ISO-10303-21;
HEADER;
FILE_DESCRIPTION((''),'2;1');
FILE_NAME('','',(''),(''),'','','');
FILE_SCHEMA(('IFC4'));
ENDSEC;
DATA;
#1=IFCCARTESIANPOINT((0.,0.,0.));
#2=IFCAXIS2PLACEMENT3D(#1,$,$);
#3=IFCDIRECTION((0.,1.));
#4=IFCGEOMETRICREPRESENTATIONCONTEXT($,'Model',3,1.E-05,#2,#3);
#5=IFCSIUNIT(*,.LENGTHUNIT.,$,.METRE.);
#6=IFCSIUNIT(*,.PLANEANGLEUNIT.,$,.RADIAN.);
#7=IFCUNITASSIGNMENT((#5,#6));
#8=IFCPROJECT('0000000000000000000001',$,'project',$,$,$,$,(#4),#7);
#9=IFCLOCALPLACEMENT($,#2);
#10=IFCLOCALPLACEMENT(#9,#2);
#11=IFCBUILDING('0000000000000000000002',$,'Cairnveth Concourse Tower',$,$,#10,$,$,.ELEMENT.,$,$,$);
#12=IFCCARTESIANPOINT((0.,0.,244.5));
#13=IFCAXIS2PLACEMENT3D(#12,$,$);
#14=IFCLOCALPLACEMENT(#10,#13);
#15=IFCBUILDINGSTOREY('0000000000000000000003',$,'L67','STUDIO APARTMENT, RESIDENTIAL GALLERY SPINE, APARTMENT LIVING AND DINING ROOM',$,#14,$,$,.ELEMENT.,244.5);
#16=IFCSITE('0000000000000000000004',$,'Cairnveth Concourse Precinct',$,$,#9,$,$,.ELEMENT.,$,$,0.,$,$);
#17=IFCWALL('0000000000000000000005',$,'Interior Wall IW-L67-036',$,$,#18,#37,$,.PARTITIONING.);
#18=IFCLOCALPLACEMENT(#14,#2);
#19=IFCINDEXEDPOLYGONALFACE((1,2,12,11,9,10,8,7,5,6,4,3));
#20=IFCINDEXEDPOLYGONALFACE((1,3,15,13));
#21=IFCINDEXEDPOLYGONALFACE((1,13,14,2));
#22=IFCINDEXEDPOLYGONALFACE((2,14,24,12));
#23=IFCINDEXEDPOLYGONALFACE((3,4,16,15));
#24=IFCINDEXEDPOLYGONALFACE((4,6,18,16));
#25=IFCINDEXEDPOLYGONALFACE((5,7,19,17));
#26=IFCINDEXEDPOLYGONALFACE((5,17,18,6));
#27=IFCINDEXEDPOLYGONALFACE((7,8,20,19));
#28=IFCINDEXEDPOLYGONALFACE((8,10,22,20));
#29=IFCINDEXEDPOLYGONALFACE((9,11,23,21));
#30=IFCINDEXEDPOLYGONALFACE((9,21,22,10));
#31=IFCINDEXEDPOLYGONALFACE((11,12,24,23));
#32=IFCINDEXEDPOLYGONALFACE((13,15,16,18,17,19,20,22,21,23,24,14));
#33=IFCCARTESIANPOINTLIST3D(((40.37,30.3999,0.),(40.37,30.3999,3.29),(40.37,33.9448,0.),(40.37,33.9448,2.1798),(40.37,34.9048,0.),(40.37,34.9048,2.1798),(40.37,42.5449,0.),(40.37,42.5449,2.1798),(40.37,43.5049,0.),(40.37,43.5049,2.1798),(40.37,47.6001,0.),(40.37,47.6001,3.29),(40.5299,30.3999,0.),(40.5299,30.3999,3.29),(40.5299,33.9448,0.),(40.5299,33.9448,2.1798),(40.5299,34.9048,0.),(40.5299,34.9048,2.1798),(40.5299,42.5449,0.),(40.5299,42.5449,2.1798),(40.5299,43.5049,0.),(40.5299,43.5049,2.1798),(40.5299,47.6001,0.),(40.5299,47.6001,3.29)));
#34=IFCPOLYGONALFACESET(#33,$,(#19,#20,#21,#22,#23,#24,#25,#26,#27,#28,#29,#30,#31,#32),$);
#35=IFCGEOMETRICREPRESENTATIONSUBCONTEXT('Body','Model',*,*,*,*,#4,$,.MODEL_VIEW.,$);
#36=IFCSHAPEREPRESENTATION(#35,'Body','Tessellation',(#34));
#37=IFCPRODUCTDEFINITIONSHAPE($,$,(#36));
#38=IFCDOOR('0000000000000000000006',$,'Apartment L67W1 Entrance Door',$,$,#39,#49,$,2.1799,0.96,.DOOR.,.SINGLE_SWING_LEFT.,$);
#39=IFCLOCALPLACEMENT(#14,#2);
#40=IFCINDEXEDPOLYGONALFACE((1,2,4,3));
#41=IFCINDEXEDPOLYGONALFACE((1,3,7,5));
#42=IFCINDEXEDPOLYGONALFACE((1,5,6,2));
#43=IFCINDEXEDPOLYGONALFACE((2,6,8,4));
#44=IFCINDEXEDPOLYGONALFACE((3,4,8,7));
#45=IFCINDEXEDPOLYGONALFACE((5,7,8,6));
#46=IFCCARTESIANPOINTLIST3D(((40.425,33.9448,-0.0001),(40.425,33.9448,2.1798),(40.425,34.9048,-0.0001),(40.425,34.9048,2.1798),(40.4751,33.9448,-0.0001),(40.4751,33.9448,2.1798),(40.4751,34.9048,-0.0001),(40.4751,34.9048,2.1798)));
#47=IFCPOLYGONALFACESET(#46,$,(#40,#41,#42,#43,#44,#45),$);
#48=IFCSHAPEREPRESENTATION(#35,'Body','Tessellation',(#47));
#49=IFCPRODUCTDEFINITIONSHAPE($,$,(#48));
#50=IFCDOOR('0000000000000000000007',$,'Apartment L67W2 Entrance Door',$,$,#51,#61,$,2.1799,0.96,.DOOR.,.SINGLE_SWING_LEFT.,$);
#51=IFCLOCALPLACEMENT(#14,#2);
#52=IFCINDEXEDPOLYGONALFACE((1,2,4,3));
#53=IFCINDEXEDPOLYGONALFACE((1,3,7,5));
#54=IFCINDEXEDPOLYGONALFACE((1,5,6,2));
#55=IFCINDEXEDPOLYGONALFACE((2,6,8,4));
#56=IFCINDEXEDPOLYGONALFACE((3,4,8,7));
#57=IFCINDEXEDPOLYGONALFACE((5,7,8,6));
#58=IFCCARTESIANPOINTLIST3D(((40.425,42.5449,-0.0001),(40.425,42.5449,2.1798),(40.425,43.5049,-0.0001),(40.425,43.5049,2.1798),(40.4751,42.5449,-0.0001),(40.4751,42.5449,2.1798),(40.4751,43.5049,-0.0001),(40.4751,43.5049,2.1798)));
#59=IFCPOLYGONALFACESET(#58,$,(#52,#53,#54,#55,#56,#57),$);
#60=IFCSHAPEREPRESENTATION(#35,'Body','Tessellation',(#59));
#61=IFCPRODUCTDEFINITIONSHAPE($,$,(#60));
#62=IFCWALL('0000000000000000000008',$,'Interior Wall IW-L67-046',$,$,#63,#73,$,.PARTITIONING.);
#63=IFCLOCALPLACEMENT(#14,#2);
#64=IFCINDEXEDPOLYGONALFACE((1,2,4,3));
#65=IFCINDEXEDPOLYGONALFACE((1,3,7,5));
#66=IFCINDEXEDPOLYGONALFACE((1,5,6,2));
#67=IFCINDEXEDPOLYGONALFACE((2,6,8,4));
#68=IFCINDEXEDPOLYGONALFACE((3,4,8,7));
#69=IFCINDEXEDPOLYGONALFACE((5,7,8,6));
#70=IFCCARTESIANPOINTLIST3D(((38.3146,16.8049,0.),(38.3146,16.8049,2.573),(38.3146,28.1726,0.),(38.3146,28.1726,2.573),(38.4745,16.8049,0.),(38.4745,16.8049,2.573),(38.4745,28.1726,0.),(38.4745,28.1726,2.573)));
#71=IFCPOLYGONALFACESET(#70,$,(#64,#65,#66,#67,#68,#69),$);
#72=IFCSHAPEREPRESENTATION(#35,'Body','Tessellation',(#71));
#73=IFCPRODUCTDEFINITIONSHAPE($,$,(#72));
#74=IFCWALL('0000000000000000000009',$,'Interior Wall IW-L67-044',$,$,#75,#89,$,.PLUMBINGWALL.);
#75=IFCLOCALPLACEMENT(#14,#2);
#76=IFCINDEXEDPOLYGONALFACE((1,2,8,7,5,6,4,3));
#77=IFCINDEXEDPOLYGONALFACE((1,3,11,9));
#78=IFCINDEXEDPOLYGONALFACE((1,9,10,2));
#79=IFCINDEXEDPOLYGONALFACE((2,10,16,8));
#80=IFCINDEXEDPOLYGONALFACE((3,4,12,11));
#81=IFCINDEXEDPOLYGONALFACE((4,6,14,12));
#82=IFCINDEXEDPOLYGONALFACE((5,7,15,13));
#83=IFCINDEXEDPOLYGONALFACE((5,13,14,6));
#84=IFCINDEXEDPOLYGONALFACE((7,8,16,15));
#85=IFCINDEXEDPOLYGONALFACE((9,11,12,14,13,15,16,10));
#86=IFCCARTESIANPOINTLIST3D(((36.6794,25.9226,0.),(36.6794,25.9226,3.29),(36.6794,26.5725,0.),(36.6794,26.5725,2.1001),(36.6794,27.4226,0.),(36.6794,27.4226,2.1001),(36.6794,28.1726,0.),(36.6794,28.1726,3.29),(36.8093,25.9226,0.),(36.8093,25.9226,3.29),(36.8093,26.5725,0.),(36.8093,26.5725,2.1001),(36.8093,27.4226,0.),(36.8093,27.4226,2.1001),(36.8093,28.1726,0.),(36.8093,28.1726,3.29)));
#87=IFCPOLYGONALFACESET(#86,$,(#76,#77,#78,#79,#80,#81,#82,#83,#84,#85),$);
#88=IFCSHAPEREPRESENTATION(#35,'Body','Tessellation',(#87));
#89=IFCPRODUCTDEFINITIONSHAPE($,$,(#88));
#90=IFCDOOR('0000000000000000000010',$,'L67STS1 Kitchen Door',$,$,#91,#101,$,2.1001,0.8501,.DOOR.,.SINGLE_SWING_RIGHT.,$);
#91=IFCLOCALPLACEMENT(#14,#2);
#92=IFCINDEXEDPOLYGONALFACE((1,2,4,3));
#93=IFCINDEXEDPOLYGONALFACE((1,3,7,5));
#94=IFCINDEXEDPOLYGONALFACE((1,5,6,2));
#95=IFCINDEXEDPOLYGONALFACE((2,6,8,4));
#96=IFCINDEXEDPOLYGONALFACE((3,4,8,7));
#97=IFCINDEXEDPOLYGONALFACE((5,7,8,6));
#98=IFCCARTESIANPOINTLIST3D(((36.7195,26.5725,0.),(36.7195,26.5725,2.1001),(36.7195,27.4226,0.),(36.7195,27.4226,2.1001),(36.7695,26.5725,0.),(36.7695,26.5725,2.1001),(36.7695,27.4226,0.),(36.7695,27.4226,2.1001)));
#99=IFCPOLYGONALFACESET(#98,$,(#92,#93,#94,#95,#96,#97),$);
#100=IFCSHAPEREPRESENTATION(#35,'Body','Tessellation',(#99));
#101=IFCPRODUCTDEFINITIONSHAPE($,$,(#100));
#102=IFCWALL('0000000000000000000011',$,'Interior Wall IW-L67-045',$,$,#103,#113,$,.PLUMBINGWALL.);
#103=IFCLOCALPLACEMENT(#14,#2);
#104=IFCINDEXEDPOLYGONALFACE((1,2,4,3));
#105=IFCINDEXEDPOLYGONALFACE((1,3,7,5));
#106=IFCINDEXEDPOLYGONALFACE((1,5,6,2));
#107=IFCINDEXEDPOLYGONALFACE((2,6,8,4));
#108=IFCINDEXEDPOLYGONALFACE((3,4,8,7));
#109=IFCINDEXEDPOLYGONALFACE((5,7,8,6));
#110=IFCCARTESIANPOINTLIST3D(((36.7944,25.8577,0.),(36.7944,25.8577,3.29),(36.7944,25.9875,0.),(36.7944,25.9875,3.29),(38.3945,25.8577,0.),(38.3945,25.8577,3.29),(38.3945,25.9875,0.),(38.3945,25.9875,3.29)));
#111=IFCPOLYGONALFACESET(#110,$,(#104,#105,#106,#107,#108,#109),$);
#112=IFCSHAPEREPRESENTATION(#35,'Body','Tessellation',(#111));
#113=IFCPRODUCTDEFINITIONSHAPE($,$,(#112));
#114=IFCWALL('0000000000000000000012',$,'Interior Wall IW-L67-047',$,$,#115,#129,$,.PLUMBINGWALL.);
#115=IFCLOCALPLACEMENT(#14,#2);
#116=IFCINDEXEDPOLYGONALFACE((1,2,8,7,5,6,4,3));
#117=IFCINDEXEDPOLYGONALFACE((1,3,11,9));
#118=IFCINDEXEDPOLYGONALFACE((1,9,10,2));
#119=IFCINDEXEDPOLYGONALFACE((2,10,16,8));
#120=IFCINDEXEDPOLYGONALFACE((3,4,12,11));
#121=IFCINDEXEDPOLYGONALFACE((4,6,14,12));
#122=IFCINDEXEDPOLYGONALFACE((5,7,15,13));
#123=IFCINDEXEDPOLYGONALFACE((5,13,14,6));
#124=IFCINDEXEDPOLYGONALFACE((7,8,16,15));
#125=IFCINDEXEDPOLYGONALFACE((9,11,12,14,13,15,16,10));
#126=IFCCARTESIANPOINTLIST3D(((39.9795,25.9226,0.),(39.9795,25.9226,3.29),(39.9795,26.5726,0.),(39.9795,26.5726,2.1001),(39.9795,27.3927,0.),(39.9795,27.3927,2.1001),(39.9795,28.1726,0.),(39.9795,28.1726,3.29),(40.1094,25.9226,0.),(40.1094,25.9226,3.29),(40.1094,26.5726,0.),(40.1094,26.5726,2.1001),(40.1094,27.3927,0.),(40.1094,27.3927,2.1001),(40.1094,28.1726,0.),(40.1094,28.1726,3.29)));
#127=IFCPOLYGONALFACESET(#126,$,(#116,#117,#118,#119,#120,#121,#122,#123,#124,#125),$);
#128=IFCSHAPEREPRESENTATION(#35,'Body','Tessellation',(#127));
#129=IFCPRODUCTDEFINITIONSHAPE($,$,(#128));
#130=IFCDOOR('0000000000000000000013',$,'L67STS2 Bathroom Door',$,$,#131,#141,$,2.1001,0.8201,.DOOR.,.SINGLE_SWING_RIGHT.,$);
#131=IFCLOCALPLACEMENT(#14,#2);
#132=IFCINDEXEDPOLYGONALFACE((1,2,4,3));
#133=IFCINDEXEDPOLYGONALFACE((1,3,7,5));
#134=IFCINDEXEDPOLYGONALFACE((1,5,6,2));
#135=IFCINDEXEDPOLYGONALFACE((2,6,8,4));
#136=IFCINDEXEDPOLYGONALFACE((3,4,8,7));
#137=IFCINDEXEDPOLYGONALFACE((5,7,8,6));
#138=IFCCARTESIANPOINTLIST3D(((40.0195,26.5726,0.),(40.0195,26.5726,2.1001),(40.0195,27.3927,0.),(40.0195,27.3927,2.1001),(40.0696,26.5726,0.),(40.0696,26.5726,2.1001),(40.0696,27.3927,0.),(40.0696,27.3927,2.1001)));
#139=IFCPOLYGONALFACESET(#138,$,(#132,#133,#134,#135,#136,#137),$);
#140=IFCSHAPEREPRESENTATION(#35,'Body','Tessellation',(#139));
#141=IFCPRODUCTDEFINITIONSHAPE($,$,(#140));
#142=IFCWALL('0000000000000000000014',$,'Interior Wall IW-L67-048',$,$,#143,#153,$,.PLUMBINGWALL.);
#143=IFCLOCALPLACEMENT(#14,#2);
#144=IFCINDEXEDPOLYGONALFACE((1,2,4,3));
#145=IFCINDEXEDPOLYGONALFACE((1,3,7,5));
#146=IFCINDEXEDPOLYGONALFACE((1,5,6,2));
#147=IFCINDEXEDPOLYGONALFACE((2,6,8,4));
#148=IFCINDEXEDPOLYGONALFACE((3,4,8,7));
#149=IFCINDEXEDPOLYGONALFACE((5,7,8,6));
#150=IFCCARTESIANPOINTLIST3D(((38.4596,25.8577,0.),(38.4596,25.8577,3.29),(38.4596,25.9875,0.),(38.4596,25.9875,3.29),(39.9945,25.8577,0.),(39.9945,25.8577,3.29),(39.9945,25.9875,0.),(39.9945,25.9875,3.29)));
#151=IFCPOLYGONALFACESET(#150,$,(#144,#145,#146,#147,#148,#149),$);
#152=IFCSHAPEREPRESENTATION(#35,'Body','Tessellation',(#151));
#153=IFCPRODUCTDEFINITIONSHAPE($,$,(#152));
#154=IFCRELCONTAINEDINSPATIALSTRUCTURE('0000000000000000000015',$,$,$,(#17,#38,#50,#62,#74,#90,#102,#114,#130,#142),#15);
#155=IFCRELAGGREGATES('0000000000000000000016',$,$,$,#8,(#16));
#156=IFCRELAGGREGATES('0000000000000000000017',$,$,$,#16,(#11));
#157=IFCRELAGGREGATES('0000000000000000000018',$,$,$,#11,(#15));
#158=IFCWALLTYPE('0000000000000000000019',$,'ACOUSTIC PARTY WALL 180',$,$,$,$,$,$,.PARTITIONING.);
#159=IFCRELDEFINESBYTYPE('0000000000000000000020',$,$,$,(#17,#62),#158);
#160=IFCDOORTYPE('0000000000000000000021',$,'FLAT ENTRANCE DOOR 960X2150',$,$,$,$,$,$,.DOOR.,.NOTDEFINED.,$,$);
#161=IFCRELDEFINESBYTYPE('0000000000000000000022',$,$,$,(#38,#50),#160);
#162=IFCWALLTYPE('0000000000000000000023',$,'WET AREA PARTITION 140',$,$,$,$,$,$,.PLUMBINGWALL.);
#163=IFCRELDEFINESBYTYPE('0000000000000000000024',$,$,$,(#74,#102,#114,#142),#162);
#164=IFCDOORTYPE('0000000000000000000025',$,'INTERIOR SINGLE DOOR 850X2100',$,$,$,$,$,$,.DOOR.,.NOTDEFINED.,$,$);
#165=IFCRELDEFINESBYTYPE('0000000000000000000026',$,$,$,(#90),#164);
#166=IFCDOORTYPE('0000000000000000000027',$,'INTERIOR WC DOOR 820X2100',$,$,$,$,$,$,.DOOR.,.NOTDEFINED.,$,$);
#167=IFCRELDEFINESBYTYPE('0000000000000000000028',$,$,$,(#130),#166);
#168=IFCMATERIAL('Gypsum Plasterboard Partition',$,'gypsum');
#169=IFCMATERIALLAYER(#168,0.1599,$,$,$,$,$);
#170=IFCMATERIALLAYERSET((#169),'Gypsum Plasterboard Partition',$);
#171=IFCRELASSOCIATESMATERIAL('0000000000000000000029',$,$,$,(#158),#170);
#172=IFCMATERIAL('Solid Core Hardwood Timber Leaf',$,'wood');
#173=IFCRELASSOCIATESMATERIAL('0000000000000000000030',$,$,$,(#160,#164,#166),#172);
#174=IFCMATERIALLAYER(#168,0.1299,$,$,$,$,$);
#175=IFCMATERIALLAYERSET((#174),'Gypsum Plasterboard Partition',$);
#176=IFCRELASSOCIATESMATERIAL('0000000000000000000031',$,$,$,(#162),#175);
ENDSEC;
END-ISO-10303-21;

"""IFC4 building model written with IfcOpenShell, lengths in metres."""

from ifc_helpers import new_model, si_unit, direction, frame, frame_2d, origin, place, context, subcontext, project, spatial, rectangle, extrude, material, layer, layer_set, type_object, element, fill, save


model = new_model("IFC4")

# Units and contexts
model_context = context("Model", 3, precision=1e-05, world=origin(), true_north=direction((0.0, 1.0)))
body_context = subcontext(model_context, "Body", "Model", "MODEL_VIEW")
ifc_project = project(units=[si_unit("LENGTHUNIT", "METRE"), si_unit("PLANEANGLEUNIT", "RADIAN")], contexts=[model_context])

# Site, building, storey
site_placement = place(None, origin())
site = spatial("IfcSite", under=ifc_project, at=site_placement, Name="Cairnveth Concourse Precinct", CompositionType="ELEMENT", RefElevation=0.0)
building_placement = place(site_placement, origin())
building = spatial("IfcBuilding", under=site, at=building_placement, Name="Cairnveth Concourse Tower", CompositionType="ELEMENT")
storey_placement = place(building_placement, frame((0.0, 0.0, 244.5)))
storey = spatial("IfcBuildingStorey", under=building, at=storey_placement, Name="L67", Description="STUDIO APARTMENT, RESIDENTIAL GALLERY SPINE, APARTMENT LIVING AND DINING ROOM", CompositionType="ELEMENT", Elevation=244.5)

# Wall, openings, doors
ifc_material_1 = material(Name="Gypsum Plasterboard Partition", Category="gypsum")
ifc_layer_1 = layer(ifc_material_1, 0.1599)
ifc_layer_set_1 = layer_set([ifc_layer_1], Name="Gypsum Plasterboard Partition")
wall_type_1 = type_object("IfcWallType", Name="ACOUSTIC PARTY WALL 180", PredefinedType="PARTITIONING", material=ifc_layer_set_1)
wall_1_placement = place(storey_placement, frame((40.45, 30.3999, 0.0), z_axis=(0.0, 0.0, 1.0), x_axis=(0.0, 1.0, 0.0)))
wall_1 = element("IfcWall", 1, at=wall_1_placement, inside=storey, type_object=wall_type_1, Name="Interior Wall IW-L67-036", PredefinedType="PARTITIONING", context=body_context, shape_type="SweptSolid", body=[
    extrude(rectangle(XDim=17.2002, YDim=0.1599, at=frame_2d((8.6001, 0.0))), origin(), (0.0, 0.0, 1.0), 3.29),
])
opening_1_placement = place(wall_1_placement, frame((3.5449, 0.0, 0.0)))
opening_1 = element("IfcOpeningElement", 2, at=opening_1_placement, cuts=wall_1, PredefinedType="OPENING", context=body_context, shape_type="SweptSolid", body=[
    extrude(rectangle(XDim=0.96, YDim=2.1799, at=frame_2d((0.48, 1.0898))), frame((0.0, 0.0898, 0.0), z_axis=(0.0, -1.0, 0.0), x_axis=(1.0, 0.0, 0.0)), (0.0, 0.0, 1.0), 0.1799),
])
opening_2_placement = place(wall_1_placement, frame((12.145, 0.0, 0.0)))
opening_2 = element("IfcOpeningElement", 3, at=opening_2_placement, cuts=wall_1, PredefinedType="OPENING", context=body_context, shape_type="SweptSolid", body=[
    extrude(rectangle(XDim=0.96, YDim=2.1799, at=frame_2d((0.48, 1.0898))), frame((0.0, 0.0898, 0.0), z_axis=(0.0, -1.0, 0.0), x_axis=(1.0, 0.0, 0.0)), (0.0, 0.0, 1.0), 0.1799),
])
ifc_material_2 = material(Name="Solid Core Hardwood Timber Leaf", Category="wood")
door_type_1 = type_object("IfcDoorType", Name="FLAT ENTRANCE DOOR 960X2150", OperationType="NOTDEFINED", PredefinedType="DOOR", material=ifc_material_2)
door_1_placement = place(opening_1_placement, origin())
door_1 = element("IfcDoor", 4, at=door_1_placement, inside=storey, type_object=door_type_1, Name="Apartment L67W1 Entrance Door", OperationType="SINGLE_SWING_LEFT", OverallHeight=2.1799, OverallWidth=0.96, PredefinedType="DOOR", context=body_context, shape_type="SweptSolid", body=[
    extrude(rectangle(XDim=0.96, YDim=2.1799, at=frame_2d((0.48, 1.0898))), frame((0.0, 0.0249, 0.0), z_axis=(0.0, -1.0, 0.0), x_axis=(1.0, 0.0, 0.0)), (0.0, 0.0, 1.0), 0.05),
])
fill(opening_1, door_1)
door_2_placement = place(opening_2_placement, origin())
door_2 = element("IfcDoor", 5, at=door_2_placement, inside=storey, type_object=door_type_1, Name="Apartment L67W2 Entrance Door", OperationType="SINGLE_SWING_LEFT", OverallHeight=2.1799, OverallWidth=0.96, PredefinedType="DOOR", context=body_context, shape_type="SweptSolid", body=[
    extrude(rectangle(XDim=0.96, YDim=2.1799, at=frame_2d((0.48, 1.0898))), frame((0.0, 0.0249, 0.0), z_axis=(0.0, -1.0, 0.0), x_axis=(1.0, 0.0, 0.0)), (0.0, 0.0, 1.0), 0.05),
])
fill(opening_2, door_2)

# Wall
wall_2_placement = place(storey_placement, frame((38.3945, 16.8049, 0.0), z_axis=(0.0, 0.0, 1.0), x_axis=(0.0, 1.0, 0.0)))
element("IfcWall", 6, at=wall_2_placement, inside=storey, type_object=wall_type_1, Name="Interior Wall IW-L67-046", PredefinedType="PARTITIONING", context=body_context, shape_type="SweptSolid", body=[
    extrude(rectangle(XDim=11.3677, YDim=0.1599, at=frame_2d((5.6838, 0.0))), origin(), (0.0, 0.0, 1.0), 2.573),
])

# Wall, opening, door
ifc_layer_2 = layer(ifc_material_1, 0.1299)
ifc_layer_set_2 = layer_set([ifc_layer_2], Name="Gypsum Plasterboard Partition")
wall_type_2 = type_object("IfcWallType", Name="WET AREA PARTITION 140", PredefinedType="PLUMBINGWALL", material=ifc_layer_set_2)
wall_3_placement = place(storey_placement, frame((36.7444, 25.9226, 0.0), z_axis=(0.0, 0.0, 1.0), x_axis=(0.0, 1.0, 0.0)))
wall_3 = element("IfcWall", 7, at=wall_3_placement, inside=storey, type_object=wall_type_2, Name="Interior Wall IW-L67-044", PredefinedType="PLUMBINGWALL", context=body_context, shape_type="SweptSolid", body=[
    extrude(rectangle(XDim=2.25, YDim=0.1299, at=frame_2d((1.125, 0.0))), origin(), (0.0, 0.0, 1.0), 3.29),
])
opening_3_placement = place(wall_3_placement, frame((0.6499, 0.0, 0.0)))
opening_3 = element("IfcOpeningElement", 8, at=opening_3_placement, cuts=wall_3, PredefinedType="OPENING", context=body_context, shape_type="SweptSolid", body=[
    extrude(rectangle(XDim=0.8501, YDim=2.1001, at=frame_2d((0.425, 1.05))), frame((0.0, 0.075, 0.0), z_axis=(0.0, -1.0, 0.0), x_axis=(1.0, 0.0, 0.0)), (0.0, 0.0, 1.0), 0.1499),
])
door_type_2 = type_object("IfcDoorType", Name="INTERIOR SINGLE DOOR 850X2100", OperationType="NOTDEFINED", PredefinedType="DOOR", material=ifc_material_2)
door_3_placement = place(opening_3_placement, origin())
door_3 = element("IfcDoor", 9, at=door_3_placement, inside=storey, type_object=door_type_2, Name="L67STS1 Kitchen Door", OperationType="SINGLE_SWING_RIGHT", OverallHeight=2.1001, OverallWidth=0.8501, PredefinedType="DOOR", context=body_context, shape_type="SweptSolid", body=[
    extrude(rectangle(XDim=0.8501, YDim=2.1001, at=frame_2d((0.425, 1.05))), frame((0.0, 0.0249, 0.0), z_axis=(0.0, -1.0, 0.0), x_axis=(1.0, 0.0, 0.0)), (0.0, 0.0, 1.0), 0.05),
])
fill(opening_3, door_3)

# Wall
wall_4_placement = place(storey_placement, frame((36.7944, 25.9226, 0.0), z_axis=(0.0, 0.0, 1.0), x_axis=(1.0, 0.0, 0.0)))
element("IfcWall", 10, at=wall_4_placement, inside=storey, type_object=wall_type_2, Name="Interior Wall IW-L67-045", PredefinedType="PLUMBINGWALL", context=body_context, shape_type="SweptSolid", body=[
    extrude(rectangle(XDim=1.6001, YDim=0.1299, at=frame_2d((0.8, 0.0))), origin(), (0.0, 0.0, 1.0), 3.29),
])

# Wall, opening, door
wall_5_placement = place(storey_placement, frame((40.0444, 25.9226, 0.0), z_axis=(0.0, 0.0, 1.0), x_axis=(0.0, 1.0, 0.0)))
wall_5 = element("IfcWall", 11, at=wall_5_placement, inside=storey, type_object=wall_type_2, Name="Interior Wall IW-L67-047", PredefinedType="PLUMBINGWALL", context=body_context, shape_type="SweptSolid", body=[
    extrude(rectangle(XDim=2.25, YDim=0.1299, at=frame_2d((1.125, 0.0))), origin(), (0.0, 0.0, 1.0), 3.29),
])
opening_4_placement = place(wall_5_placement, frame((0.6499, 0.0, 0.0)))
opening_4 = element("IfcOpeningElement", 12, at=opening_4_placement, cuts=wall_5, PredefinedType="OPENING", context=body_context, shape_type="SweptSolid", body=[
    extrude(rectangle(XDim=0.8201, YDim=2.1001, at=frame_2d((0.4102, 1.05))), frame((0.0, 0.075, 0.0), z_axis=(0.0, -1.0, 0.0), x_axis=(1.0, 0.0, 0.0)), (0.0, 0.0, 1.0), 0.1499),
])
door_type_3 = type_object("IfcDoorType", Name="INTERIOR WC DOOR 820X2100", OperationType="NOTDEFINED", PredefinedType="DOOR", material=ifc_material_2)
door_4_placement = place(opening_4_placement, origin())
door_4 = element("IfcDoor", 13, at=door_4_placement, inside=storey, type_object=door_type_3, Name="L67STS2 Bathroom Door", OperationType="SINGLE_SWING_RIGHT", OverallHeight=2.1001, OverallWidth=0.8201, PredefinedType="DOOR", context=body_context, shape_type="SweptSolid", body=[
    extrude(rectangle(XDim=0.8201, YDim=2.1001, at=frame_2d((0.4102, 1.05))), frame((0.0, 0.0249, 0.0), z_axis=(0.0, -1.0, 0.0), x_axis=(1.0, 0.0, 0.0)), (0.0, 0.0, 1.0), 0.05),
])
fill(opening_4, door_4)

# Wall
wall_6_placement = place(storey_placement, frame((38.4595, 25.9226, 0.0), z_axis=(0.0, 0.0, 1.0), x_axis=(1.0, 0.0, 0.0)))
element("IfcWall", 14, at=wall_6_placement, inside=storey, type_object=wall_type_2, Name="Interior Wall IW-L67-048", PredefinedType="PLUMBINGWALL", context=body_context, shape_type="SweptSolid", body=[
    extrude(rectangle(XDim=1.5349, YDim=0.1299, at=frame_2d((0.7676, 0.0))), origin(), (0.0, 0.0, 1.0), 3.29),
])

save(model, "model.ifc")
